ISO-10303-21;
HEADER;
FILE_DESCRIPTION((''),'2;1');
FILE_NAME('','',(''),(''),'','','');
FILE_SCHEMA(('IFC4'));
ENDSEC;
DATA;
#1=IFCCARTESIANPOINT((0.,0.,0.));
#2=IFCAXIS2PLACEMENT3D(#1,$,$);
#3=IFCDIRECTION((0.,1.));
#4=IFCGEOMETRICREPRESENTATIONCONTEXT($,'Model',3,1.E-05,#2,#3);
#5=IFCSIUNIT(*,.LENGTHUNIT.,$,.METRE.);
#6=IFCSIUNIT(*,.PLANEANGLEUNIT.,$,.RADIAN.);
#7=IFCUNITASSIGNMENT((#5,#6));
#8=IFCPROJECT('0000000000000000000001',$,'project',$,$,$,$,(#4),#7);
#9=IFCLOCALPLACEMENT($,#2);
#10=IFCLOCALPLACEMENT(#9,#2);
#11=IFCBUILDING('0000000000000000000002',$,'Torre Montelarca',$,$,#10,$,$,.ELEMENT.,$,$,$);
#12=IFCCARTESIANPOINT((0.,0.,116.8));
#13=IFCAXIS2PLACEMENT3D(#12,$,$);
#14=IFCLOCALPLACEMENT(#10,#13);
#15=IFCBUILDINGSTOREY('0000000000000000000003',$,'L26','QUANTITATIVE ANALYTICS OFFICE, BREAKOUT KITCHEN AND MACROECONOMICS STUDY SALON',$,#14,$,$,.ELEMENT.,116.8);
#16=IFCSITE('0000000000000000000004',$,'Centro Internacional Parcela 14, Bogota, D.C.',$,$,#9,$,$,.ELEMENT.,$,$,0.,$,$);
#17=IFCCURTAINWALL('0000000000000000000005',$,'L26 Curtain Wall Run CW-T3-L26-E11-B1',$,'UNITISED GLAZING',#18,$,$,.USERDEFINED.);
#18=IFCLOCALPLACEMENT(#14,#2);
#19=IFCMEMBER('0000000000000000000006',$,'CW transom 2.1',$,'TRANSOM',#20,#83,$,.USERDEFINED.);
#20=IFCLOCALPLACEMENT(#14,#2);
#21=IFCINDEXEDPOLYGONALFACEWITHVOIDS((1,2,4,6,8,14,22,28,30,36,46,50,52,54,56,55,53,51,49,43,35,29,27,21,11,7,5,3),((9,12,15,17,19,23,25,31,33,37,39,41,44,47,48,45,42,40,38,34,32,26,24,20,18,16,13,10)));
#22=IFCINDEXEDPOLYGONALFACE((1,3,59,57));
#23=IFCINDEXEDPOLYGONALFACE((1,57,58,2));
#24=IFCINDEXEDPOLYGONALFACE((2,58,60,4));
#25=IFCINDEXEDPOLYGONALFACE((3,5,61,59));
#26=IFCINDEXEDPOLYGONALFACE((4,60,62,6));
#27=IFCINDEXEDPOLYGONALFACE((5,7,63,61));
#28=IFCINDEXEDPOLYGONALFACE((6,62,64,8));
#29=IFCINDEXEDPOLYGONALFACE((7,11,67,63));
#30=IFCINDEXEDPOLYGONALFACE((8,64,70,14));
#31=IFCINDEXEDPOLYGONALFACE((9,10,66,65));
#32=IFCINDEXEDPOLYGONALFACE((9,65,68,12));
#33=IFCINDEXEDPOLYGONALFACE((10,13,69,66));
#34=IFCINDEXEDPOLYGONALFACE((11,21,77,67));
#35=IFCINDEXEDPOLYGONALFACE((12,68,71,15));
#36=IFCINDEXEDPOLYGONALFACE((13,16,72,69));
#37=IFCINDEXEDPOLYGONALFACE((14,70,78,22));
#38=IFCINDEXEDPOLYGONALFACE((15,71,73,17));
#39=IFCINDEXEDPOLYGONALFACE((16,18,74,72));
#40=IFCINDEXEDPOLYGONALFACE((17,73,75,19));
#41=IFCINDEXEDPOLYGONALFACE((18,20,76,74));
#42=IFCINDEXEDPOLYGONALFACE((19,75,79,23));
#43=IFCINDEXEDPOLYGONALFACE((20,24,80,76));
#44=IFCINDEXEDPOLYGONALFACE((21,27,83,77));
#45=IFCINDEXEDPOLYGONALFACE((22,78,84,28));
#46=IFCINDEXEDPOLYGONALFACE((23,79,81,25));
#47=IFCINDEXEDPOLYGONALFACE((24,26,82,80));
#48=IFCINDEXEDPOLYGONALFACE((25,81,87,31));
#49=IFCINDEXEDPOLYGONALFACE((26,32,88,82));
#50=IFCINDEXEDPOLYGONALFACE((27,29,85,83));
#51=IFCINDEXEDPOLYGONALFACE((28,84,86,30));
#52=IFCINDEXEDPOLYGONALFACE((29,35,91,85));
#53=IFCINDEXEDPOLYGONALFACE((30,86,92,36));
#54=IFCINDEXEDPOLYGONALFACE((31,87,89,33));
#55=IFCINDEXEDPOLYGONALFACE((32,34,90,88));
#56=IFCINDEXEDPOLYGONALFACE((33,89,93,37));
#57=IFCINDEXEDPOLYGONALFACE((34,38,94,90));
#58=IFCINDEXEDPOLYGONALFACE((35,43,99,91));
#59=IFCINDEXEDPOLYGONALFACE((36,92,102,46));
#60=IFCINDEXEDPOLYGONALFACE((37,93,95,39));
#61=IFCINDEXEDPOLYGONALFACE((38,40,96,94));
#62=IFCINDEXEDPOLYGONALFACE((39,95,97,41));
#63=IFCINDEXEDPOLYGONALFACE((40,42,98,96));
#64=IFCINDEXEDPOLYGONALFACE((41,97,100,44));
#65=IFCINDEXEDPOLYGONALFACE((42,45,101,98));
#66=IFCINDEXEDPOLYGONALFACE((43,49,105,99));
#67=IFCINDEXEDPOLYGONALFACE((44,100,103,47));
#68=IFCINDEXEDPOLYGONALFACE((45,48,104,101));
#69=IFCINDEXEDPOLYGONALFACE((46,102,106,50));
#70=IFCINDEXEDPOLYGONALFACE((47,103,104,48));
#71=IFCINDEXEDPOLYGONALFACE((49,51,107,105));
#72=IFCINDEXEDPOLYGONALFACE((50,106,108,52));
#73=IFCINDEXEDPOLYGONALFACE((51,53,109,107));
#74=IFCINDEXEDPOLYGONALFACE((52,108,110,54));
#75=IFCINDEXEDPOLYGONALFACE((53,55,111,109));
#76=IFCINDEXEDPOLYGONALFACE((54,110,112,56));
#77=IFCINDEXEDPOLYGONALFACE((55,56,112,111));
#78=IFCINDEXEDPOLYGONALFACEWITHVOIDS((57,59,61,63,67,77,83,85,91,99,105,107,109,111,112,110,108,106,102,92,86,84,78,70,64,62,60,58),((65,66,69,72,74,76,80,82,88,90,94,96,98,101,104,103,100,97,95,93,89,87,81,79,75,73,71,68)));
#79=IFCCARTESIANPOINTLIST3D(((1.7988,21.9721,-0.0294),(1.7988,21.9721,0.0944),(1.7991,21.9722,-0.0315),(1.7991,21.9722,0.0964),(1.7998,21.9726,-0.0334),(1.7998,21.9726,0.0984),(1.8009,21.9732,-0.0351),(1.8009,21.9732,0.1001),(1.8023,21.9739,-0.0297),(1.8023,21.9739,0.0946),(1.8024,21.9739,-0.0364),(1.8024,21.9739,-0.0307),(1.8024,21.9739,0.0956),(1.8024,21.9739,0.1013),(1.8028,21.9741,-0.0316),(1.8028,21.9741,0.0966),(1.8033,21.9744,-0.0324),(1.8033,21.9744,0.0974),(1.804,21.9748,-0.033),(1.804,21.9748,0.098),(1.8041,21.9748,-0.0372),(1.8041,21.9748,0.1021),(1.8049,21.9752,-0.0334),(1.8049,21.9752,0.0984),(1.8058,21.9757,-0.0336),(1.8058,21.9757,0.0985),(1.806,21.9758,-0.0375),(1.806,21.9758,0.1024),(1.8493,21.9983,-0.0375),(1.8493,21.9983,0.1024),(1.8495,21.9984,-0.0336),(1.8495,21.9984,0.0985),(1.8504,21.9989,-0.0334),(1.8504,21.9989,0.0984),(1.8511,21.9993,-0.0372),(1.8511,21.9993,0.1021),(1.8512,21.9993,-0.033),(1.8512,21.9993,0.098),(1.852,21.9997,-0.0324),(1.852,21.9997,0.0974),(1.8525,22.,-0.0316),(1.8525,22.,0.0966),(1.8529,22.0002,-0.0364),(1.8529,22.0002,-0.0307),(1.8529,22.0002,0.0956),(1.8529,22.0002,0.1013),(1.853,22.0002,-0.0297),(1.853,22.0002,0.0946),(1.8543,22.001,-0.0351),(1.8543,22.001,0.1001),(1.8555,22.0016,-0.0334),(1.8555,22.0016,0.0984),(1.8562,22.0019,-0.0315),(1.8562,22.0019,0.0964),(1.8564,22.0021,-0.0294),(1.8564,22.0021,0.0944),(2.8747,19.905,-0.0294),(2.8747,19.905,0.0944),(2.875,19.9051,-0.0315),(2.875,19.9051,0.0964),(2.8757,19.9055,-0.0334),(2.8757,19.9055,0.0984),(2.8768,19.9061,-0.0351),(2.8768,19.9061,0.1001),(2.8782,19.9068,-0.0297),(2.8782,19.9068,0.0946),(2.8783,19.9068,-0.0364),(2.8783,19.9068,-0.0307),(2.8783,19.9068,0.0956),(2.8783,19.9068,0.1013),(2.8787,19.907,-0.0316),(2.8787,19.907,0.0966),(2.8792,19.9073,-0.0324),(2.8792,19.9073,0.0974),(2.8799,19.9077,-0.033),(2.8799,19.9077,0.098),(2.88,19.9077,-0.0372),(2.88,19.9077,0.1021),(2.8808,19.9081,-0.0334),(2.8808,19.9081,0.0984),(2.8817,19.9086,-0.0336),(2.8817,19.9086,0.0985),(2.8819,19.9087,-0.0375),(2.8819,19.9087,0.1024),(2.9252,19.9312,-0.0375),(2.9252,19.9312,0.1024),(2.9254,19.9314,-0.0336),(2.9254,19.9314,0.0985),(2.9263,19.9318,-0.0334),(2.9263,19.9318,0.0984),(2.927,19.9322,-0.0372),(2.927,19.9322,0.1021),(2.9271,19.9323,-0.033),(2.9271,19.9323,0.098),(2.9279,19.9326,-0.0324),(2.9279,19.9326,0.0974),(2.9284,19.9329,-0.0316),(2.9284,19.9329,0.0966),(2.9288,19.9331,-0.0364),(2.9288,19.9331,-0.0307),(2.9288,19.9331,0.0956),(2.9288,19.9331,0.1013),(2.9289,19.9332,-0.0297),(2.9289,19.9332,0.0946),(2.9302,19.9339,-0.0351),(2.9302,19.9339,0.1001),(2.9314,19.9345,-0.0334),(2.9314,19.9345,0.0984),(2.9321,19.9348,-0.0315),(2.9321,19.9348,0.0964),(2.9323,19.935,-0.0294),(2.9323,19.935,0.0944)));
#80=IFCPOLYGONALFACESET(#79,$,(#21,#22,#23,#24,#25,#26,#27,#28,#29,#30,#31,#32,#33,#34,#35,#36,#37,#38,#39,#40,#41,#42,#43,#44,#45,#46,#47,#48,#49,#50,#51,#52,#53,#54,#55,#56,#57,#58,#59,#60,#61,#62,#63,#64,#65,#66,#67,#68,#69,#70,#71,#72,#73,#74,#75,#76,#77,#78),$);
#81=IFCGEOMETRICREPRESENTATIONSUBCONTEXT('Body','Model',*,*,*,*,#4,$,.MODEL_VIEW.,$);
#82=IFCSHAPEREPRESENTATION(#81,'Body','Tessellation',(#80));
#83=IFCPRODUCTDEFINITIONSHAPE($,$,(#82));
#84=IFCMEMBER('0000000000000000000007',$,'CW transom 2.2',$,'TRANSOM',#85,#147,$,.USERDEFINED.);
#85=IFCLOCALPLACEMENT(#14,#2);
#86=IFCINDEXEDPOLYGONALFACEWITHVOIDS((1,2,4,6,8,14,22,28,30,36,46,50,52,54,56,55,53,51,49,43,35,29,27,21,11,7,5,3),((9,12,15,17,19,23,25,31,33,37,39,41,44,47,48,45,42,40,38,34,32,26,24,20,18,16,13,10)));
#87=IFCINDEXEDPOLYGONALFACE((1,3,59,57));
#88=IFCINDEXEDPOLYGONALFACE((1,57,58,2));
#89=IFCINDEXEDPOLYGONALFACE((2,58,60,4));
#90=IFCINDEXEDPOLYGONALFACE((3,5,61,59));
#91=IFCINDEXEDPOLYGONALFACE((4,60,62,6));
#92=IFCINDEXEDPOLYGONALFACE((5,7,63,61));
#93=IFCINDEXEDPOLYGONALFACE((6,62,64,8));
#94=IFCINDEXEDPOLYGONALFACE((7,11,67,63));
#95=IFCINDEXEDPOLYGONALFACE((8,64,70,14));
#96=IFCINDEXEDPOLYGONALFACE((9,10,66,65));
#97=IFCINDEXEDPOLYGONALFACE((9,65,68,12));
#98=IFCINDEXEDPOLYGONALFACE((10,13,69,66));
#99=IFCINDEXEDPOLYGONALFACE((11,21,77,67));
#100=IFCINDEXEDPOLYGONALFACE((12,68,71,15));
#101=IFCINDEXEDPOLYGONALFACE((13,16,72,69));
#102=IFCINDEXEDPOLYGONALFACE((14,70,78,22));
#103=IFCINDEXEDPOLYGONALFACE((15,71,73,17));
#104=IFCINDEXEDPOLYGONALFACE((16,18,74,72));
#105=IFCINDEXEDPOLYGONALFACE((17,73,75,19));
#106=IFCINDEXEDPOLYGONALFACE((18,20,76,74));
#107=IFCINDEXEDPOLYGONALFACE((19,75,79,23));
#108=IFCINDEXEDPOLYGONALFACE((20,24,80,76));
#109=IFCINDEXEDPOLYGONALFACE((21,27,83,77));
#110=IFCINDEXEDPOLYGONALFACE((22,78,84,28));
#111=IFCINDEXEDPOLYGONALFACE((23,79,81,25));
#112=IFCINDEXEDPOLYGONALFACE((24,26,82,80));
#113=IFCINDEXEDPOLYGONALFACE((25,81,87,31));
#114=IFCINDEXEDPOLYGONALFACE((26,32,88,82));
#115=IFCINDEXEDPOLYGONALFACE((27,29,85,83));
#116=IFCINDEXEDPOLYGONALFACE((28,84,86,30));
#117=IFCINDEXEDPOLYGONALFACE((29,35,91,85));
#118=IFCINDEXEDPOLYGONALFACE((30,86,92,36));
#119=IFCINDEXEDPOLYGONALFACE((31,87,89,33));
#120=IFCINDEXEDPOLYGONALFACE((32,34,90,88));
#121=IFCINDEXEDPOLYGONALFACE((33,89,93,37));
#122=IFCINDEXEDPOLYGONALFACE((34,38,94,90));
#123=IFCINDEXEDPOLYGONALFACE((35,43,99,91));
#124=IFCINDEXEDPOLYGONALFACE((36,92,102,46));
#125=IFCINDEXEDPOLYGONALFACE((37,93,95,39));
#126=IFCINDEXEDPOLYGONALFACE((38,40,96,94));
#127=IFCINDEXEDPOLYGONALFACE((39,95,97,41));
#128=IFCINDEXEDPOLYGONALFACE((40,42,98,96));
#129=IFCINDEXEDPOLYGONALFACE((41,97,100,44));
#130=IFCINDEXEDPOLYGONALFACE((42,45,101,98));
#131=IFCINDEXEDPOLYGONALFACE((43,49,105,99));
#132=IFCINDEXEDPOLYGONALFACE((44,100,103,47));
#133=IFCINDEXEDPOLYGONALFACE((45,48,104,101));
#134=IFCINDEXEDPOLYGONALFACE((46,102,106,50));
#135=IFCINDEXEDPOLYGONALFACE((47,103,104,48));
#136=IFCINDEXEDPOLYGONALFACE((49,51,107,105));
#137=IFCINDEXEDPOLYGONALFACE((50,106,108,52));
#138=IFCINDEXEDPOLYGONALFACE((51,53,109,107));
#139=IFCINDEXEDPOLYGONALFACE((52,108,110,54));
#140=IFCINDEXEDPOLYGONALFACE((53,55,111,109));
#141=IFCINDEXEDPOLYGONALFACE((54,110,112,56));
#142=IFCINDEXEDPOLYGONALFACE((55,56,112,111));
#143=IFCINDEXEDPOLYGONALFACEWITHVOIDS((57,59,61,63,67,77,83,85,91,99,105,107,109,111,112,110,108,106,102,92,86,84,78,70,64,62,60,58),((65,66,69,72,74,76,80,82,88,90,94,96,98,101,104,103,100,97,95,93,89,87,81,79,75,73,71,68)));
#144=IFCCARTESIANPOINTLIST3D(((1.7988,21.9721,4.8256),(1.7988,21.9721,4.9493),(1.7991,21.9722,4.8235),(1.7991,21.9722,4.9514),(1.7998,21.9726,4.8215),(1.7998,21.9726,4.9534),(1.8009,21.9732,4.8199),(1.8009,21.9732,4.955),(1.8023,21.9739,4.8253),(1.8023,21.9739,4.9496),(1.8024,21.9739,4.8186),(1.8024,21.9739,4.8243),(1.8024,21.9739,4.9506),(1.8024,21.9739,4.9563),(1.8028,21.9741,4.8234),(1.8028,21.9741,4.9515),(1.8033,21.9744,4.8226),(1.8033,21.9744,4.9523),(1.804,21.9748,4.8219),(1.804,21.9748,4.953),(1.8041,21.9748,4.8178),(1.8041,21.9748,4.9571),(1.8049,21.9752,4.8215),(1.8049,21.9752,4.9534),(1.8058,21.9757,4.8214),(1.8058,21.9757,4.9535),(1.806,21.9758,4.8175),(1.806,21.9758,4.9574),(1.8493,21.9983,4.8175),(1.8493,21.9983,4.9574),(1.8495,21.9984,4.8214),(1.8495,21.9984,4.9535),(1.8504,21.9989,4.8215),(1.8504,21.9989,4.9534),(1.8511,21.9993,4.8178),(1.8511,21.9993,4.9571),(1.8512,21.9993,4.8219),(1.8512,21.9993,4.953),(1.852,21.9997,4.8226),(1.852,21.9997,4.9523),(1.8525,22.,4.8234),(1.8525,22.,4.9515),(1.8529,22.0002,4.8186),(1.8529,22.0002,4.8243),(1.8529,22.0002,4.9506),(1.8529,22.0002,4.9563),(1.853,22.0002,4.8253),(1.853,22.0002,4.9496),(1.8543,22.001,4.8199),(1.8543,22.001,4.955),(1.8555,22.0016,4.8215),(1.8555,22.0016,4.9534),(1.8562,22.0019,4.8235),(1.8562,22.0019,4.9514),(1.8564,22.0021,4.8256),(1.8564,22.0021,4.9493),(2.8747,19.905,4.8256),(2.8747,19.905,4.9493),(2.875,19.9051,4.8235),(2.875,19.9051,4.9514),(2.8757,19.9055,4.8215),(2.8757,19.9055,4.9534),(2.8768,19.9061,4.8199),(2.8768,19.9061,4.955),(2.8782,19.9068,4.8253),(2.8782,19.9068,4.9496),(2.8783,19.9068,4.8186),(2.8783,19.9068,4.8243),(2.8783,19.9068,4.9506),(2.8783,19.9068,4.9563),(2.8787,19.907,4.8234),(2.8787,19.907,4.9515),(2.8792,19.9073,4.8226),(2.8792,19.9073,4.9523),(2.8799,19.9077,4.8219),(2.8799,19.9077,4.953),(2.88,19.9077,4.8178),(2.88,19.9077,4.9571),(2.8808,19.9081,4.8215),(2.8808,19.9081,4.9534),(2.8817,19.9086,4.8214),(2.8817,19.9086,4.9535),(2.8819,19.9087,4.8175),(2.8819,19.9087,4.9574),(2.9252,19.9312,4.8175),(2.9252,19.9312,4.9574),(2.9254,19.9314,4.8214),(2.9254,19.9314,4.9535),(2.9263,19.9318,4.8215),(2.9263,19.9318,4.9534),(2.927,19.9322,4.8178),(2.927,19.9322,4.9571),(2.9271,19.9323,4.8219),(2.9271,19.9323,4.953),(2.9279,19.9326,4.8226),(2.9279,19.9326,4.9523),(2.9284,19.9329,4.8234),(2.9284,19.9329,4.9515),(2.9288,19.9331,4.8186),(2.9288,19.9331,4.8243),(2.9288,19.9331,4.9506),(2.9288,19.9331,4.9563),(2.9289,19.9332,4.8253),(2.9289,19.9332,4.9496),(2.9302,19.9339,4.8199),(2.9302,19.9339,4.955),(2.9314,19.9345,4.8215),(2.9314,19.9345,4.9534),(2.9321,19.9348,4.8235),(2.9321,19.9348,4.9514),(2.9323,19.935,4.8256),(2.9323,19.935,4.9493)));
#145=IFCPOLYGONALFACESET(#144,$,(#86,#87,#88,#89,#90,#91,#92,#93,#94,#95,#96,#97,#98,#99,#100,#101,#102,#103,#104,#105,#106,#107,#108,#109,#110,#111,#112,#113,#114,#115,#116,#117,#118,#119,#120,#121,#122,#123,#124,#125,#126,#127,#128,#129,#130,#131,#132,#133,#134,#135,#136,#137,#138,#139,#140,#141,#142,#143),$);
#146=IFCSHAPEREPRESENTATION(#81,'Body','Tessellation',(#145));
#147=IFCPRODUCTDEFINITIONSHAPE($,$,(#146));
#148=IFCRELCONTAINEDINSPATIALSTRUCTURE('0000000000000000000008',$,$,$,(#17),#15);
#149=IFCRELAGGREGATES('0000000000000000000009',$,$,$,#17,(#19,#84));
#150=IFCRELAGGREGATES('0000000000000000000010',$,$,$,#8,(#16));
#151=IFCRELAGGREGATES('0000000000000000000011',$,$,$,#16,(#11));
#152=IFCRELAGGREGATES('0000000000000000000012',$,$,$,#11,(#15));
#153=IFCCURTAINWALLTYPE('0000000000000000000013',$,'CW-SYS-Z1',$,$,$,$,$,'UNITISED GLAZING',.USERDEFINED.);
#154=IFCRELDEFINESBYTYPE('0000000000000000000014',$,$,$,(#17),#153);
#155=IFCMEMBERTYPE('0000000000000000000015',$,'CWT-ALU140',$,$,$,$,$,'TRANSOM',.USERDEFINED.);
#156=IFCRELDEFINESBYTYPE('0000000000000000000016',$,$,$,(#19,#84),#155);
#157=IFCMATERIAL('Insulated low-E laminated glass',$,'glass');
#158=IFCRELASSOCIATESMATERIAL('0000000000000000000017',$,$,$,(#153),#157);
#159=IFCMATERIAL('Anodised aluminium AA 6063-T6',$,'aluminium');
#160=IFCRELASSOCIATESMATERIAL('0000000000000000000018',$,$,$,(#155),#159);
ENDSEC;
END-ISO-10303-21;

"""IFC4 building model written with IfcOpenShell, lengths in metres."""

from ifc_helpers import new_model, si_unit, direction, frame, origin, origin_2d, place, context, subcontext, project, spatial, hollow_rectangle, extrude, source, transform, mapped, material, material_profile, profile_set, type_object, element, aggregate, save


model = new_model("IFC4")

# Units and contexts
model_context = context("Model", 3, precision=1e-05, world=origin(), true_north=direction((0.0, 1.0)))
body_context = subcontext(model_context, "Body", "Model", "MODEL_VIEW")
ifc_project = project(units=[si_unit("LENGTHUNIT", "METRE"), si_unit("PLANEANGLEUNIT", "RADIAN")], contexts=[model_context])

# Site, building, storey
site_placement = place(None, origin())
site = spatial("IfcSite", under=ifc_project, at=site_placement, Name="Centro Internacional Parcela 14, Bogota, D.C.", CompositionType="ELEMENT", RefElevation=0.0)
building_placement = place(site_placement, origin())
building = spatial("IfcBuilding", under=site, at=building_placement, Name="Torre Montelarca", CompositionType="ELEMENT")
storey_placement = place(building_placement, frame((0.0, 0.0, 116.8)))
storey = spatial("IfcBuildingStorey", under=building, at=storey_placement, Name="L26", Description="QUANTITATIVE ANALYTICS OFFICE, BREAKOUT KITCHEN AND MACROECONOMICS STUDY SALON", CompositionType="ELEMENT", Elevation=116.8)

# Curtain wall, members
ifc_material_1 = material(Name="Insulated low-E laminated glass", Category="glass")
curtain_wall_type = type_object("IfcCurtainWallType", Name="CW-SYS-Z1", ElementType="UNITISED GLAZING", PredefinedType="USERDEFINED", material=ifc_material_1)
ifc_material_2 = material(Name="Anodised aluminium AA 6063-T6", Category="aluminium")
ifc_material_profile_1 = material_profile(ifc_material_2, hollow_rectangle(XDim=0.0649, YDim=0.1399, WallThickness=0.0039, InnerFilletRadius=0.0039, OuterFilletRadius=0.0081, at=origin_2d()), Name="ALU65X140X4", Category="aluminium")
ifc_profile_set_1 = profile_set([ifc_material_profile_1], Name="Anodised aluminium AA 6063-T6")
member_type_1 = type_object("IfcMemberType", Name="CWT-ALU140", ElementType="TRANSOM", PredefinedType="USERDEFINED", material=ifc_profile_set_1)
curtain_wall_1_placement = place(storey_placement, origin())
curtain_wall_1 = element("IfcCurtainWall", 1, at=curtain_wall_1_placement, inside=storey, type_object=curtain_wall_type, Name="L26 Curtain Wall Run CW-T3-L26-E11-B1", ObjectType="UNITISED GLAZING", PredefinedType="USERDEFINED")
shared_shape_1 = source(origin(), body_context, "Body", "SweptSolid", [
    extrude(hollow_rectangle(XDim=0.0649, YDim=0.1399, WallThickness=0.0039, InnerFilletRadius=0.0039, OuterFilletRadius=0.0081, at=origin_2d()), origin(), (0.0, 0.0, 1.0), 2.3303),
])
member_1_placement = place(storey_placement, frame((1.8276, 21.9871, 0.0325), z_axis=(0.461696, -0.887038, 0.0), x_axis=(0.887038, 0.461696, 0.0)))
member_1 = element("IfcMember", 2, at=member_1_placement, type_object=member_type_1, Name="CW transom 2.1", ObjectType="TRANSOM", PredefinedType="USERDEFINED", context=body_context, shape_type="MappedRepresentation", body=[
    mapped(shared_shape_1, transform((0.0, 0.0, 0.0), scale=1.0)),
])
member_2_placement = place(storey_placement, frame((1.8276, 21.9871, 4.8875), z_axis=(0.461696, -0.887038, 0.0), x_axis=(0.887038, 0.461696, 0.0)))
member_2 = element("IfcMember", 3, at=member_2_placement, type_object=member_type_1, Name="CW transom 2.2", ObjectType="TRANSOM", PredefinedType="USERDEFINED", context=body_context, shape_type="MappedRepresentation", body=[
    mapped(shared_shape_1, transform((0.0, 0.0, 0.0), scale=1.0)),
])

aggregate(curtain_wall_1, [member_1, member_2])

save(model, "model.ifc")
